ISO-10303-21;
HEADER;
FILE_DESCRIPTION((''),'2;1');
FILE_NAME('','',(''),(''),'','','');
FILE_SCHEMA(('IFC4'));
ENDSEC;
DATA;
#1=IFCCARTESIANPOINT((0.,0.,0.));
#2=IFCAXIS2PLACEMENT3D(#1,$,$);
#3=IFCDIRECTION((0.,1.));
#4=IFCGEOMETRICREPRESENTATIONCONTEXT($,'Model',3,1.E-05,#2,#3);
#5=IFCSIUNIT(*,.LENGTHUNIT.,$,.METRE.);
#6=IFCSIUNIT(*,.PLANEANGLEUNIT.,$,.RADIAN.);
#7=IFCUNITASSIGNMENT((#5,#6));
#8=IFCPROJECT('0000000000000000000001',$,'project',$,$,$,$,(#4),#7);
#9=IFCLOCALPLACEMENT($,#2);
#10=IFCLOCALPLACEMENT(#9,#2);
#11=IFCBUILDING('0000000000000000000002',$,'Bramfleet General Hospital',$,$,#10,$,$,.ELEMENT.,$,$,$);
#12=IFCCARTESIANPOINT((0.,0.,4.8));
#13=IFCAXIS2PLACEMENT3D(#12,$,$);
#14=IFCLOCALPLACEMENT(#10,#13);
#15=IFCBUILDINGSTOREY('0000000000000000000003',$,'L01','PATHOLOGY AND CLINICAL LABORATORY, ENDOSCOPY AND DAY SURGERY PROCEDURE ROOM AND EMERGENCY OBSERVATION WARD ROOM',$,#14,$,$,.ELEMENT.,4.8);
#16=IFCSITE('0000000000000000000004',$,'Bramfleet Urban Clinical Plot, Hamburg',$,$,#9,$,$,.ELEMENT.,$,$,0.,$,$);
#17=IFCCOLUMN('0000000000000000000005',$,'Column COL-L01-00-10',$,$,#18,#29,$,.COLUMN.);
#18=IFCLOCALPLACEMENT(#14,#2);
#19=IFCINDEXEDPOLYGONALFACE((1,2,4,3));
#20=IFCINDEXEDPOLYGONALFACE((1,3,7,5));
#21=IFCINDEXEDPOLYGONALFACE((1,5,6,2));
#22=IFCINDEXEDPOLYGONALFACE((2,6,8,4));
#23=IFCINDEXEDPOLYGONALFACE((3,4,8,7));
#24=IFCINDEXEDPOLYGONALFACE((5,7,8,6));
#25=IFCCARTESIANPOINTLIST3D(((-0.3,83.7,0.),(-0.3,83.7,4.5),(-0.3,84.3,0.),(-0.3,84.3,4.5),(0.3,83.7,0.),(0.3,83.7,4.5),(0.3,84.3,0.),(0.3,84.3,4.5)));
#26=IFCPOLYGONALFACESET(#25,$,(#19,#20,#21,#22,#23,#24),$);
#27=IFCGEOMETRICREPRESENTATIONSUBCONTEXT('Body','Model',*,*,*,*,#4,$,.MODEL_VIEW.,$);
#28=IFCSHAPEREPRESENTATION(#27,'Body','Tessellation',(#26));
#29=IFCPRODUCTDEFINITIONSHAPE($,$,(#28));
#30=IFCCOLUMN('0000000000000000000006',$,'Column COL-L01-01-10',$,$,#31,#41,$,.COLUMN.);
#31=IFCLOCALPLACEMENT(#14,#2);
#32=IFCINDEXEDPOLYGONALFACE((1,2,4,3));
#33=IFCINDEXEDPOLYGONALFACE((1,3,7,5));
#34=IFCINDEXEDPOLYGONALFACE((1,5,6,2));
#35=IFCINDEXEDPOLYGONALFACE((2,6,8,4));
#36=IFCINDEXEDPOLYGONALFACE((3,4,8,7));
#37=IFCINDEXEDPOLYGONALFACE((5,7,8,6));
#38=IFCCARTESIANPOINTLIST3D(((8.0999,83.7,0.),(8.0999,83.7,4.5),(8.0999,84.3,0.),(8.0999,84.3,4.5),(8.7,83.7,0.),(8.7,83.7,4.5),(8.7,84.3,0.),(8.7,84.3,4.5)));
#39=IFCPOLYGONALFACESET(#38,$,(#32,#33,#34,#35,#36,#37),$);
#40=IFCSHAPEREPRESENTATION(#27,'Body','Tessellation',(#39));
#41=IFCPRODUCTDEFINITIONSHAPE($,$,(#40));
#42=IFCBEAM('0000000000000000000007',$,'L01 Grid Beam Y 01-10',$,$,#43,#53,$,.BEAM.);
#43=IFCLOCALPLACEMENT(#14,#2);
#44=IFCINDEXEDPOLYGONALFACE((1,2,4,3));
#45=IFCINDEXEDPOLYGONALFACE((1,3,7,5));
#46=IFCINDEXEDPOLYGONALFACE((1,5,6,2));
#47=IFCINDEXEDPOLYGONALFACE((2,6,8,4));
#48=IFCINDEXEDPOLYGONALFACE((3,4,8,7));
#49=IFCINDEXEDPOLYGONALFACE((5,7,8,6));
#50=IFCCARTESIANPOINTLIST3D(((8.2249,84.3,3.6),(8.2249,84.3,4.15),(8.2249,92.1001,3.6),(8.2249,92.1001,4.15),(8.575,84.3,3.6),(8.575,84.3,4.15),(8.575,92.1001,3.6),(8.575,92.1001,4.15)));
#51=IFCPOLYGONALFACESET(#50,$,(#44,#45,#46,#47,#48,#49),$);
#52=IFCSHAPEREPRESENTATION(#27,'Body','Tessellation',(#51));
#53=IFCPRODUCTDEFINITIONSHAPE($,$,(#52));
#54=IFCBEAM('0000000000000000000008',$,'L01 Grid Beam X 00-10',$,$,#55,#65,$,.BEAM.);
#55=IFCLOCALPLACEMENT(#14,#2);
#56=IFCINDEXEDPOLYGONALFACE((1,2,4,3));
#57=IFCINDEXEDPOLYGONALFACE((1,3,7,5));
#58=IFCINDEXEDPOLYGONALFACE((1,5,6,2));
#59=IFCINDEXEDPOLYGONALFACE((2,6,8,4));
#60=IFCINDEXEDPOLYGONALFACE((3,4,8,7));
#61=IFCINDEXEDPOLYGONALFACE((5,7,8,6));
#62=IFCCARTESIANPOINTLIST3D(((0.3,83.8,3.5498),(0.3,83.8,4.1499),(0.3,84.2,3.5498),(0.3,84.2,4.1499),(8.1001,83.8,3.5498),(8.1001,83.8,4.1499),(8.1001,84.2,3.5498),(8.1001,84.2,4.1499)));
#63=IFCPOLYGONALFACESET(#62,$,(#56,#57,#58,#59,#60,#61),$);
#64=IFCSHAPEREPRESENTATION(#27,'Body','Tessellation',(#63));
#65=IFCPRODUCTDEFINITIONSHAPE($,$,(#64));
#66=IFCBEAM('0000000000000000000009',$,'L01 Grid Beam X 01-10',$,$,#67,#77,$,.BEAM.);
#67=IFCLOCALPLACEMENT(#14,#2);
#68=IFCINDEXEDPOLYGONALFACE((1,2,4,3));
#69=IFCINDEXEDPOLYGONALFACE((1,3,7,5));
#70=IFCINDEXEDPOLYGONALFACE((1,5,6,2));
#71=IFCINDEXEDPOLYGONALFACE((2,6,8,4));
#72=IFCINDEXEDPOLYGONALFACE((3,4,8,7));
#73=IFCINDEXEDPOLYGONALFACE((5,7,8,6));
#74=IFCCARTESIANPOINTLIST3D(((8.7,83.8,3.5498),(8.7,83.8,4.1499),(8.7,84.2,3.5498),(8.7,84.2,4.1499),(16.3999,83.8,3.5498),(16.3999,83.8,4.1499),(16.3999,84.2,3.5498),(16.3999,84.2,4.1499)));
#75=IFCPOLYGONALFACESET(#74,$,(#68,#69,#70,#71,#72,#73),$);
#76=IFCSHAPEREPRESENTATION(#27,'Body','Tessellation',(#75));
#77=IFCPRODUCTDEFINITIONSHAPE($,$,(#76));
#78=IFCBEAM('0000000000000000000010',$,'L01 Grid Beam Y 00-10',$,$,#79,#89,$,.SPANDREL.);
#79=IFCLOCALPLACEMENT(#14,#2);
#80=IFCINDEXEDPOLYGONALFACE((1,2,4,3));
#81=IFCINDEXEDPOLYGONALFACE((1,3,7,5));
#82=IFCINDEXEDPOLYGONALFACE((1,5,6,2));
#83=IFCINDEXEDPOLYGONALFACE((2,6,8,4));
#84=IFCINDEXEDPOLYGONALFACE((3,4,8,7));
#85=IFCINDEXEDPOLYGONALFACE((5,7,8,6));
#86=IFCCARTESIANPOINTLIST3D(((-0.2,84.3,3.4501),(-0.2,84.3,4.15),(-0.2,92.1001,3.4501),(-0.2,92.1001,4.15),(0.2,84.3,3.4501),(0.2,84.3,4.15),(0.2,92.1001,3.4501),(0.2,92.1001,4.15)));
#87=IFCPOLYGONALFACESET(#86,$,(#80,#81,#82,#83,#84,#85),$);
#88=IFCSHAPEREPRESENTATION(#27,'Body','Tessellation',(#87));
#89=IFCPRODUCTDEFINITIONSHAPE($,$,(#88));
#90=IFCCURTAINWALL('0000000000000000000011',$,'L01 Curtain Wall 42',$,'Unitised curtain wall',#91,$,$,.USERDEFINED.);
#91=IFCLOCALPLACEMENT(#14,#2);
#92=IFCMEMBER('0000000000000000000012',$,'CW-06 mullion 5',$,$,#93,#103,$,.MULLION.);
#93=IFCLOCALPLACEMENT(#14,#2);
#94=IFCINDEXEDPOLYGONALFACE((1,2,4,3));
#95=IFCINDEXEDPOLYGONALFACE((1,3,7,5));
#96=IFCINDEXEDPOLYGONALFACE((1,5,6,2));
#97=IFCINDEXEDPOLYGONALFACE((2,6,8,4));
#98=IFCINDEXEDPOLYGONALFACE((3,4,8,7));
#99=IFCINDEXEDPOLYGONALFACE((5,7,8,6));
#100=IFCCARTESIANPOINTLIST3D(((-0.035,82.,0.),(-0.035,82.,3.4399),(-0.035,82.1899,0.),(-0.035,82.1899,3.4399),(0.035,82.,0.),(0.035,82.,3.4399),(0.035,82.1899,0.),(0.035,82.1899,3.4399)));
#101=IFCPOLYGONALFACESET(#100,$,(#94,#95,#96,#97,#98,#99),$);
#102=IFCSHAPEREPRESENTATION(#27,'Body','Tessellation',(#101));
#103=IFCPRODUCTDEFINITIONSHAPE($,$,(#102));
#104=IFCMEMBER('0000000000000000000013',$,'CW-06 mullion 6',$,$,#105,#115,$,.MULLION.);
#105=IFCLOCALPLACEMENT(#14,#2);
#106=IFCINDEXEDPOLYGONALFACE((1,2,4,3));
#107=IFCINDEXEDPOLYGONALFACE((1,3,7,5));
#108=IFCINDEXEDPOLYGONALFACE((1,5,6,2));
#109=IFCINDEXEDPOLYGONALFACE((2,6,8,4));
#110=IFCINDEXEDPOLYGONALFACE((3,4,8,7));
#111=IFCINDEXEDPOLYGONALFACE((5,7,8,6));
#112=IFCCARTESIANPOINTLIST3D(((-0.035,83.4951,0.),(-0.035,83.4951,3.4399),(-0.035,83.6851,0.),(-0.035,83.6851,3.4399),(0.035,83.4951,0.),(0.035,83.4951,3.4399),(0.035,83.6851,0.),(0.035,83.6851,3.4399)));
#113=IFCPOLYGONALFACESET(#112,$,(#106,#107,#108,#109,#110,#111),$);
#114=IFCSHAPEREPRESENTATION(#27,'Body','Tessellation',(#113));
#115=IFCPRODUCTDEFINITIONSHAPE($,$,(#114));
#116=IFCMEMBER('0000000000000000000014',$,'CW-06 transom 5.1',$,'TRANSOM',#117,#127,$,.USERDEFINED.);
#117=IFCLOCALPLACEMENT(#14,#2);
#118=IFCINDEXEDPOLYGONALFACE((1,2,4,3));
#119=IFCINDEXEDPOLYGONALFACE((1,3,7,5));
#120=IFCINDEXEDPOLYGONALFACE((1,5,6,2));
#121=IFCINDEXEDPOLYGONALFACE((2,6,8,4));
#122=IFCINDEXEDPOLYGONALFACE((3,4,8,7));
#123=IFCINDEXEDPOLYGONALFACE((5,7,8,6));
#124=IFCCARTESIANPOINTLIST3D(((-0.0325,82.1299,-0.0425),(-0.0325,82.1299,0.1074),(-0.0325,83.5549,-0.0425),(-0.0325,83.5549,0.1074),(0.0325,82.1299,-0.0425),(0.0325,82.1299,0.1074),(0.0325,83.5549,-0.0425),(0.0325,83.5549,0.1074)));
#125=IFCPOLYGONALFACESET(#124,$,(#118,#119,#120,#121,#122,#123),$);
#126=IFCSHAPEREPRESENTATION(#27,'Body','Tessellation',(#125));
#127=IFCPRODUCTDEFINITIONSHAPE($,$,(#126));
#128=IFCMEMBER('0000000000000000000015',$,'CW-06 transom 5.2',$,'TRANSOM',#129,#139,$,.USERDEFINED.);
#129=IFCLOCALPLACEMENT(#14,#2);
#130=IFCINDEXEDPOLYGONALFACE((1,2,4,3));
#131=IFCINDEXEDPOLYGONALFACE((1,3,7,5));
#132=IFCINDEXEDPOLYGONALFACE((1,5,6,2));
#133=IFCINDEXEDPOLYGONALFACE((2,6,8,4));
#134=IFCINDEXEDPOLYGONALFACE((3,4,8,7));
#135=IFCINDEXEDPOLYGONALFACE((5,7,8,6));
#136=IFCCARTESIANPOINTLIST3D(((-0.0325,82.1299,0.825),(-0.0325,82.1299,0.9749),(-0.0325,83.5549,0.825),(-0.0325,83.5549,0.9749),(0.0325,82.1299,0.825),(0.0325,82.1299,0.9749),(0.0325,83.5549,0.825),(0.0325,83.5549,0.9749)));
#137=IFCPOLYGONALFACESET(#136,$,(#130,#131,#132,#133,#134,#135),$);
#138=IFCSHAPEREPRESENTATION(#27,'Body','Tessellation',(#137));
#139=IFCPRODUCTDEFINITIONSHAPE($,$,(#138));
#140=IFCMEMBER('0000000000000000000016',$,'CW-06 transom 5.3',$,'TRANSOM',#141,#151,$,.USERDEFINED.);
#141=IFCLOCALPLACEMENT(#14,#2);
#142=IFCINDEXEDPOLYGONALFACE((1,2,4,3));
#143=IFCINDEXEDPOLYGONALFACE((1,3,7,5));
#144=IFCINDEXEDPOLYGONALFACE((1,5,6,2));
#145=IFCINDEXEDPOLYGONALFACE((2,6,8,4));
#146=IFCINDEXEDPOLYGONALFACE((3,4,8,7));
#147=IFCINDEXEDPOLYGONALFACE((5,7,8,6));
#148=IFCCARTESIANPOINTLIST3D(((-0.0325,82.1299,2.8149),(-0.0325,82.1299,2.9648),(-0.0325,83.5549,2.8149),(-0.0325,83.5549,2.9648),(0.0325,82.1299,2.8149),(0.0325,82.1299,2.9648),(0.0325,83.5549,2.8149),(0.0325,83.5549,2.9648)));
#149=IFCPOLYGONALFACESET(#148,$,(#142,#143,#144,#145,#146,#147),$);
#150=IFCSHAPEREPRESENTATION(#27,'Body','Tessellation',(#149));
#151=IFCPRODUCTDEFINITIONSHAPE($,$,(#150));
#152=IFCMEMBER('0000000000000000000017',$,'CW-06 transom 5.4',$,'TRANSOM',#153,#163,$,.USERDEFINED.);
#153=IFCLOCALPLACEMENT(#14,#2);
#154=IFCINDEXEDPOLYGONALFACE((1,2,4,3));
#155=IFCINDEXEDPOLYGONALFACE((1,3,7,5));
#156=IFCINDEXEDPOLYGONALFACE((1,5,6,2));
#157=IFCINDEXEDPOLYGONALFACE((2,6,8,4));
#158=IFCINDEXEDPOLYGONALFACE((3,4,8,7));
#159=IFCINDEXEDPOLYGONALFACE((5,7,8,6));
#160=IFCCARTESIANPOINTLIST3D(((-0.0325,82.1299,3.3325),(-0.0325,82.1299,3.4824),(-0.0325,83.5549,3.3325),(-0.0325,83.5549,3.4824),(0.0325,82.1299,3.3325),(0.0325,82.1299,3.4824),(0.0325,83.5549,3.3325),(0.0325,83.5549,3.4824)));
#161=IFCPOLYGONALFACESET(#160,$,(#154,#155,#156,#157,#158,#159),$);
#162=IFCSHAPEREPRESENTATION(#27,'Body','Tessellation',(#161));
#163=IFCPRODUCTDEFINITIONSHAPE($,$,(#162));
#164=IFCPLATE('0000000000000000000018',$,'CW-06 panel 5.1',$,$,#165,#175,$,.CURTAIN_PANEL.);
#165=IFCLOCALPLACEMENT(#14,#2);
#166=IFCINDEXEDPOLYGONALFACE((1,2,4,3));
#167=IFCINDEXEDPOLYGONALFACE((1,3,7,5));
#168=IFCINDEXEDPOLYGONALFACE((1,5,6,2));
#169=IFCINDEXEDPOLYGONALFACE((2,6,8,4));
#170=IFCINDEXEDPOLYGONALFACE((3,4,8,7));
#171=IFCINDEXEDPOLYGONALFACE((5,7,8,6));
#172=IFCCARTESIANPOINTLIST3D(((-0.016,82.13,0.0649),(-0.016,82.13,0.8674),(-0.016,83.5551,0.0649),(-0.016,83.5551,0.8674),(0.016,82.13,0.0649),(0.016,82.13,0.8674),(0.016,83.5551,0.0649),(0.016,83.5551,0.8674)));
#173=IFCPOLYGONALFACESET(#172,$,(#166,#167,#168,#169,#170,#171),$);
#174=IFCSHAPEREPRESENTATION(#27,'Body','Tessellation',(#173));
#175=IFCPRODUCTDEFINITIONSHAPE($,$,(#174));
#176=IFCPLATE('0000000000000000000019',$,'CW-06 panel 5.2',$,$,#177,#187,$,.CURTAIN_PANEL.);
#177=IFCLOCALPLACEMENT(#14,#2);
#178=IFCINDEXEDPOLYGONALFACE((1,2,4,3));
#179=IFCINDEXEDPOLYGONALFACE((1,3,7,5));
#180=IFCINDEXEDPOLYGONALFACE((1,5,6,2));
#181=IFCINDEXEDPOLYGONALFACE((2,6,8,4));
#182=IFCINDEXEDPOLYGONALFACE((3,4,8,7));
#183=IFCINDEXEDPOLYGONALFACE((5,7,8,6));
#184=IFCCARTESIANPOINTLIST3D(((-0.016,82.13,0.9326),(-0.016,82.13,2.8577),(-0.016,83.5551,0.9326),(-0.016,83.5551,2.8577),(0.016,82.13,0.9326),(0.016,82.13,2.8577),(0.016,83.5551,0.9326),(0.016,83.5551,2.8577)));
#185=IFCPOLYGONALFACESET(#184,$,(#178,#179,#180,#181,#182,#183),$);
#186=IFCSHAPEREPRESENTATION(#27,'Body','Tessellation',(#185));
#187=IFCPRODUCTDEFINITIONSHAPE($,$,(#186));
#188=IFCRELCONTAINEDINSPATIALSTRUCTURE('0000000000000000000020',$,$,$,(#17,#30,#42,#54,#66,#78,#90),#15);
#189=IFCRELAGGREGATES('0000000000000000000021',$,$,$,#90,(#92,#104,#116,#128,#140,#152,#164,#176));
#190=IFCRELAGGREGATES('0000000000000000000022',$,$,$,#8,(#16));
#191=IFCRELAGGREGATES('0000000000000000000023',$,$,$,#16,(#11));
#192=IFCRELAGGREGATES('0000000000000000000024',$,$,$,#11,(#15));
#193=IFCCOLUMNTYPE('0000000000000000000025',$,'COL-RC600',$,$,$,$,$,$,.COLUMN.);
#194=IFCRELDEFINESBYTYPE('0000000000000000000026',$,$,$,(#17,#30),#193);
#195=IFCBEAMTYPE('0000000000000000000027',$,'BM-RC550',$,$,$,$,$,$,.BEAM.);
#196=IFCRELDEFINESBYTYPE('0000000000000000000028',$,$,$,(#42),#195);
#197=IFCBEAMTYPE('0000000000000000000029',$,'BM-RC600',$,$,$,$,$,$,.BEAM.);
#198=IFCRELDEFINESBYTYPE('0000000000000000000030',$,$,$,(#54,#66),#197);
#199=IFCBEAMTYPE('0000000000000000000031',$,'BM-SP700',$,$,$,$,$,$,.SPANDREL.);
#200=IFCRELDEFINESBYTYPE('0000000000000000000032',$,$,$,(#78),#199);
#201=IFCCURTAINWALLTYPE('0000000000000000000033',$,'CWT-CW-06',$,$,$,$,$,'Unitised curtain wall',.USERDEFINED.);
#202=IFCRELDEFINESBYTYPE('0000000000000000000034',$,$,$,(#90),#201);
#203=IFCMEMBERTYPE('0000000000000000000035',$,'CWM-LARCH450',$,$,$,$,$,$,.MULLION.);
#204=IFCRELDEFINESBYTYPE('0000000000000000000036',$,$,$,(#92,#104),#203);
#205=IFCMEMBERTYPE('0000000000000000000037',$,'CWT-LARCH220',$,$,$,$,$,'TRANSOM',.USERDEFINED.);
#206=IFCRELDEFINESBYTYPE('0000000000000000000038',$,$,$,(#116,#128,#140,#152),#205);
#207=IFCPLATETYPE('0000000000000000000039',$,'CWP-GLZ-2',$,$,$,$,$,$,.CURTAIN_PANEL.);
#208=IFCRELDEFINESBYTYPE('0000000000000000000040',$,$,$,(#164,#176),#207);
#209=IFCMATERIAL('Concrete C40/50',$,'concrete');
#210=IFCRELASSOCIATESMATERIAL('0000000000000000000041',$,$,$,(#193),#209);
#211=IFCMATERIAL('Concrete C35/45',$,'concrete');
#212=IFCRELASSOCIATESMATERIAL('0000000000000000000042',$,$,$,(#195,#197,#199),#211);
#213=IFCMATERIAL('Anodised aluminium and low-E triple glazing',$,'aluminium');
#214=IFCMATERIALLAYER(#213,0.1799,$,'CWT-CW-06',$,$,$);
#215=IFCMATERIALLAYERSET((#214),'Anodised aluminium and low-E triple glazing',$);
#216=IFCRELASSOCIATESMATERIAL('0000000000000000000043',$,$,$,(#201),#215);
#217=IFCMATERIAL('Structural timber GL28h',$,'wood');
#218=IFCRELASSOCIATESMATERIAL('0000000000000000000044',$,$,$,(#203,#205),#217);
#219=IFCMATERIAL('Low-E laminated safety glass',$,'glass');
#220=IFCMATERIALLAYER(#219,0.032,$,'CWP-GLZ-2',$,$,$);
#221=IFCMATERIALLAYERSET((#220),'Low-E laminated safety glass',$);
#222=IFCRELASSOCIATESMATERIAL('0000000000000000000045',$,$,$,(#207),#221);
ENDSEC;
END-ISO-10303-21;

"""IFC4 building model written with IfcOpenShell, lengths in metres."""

from ifc_helpers import new_model, si_unit, direction, frame, origin, origin_2d, place, context, subcontext, project, spatial, rectangle, extrude, material, layer, layer_set, material_profile, profile_set, type_object, element, aggregate, save


model = new_model("IFC4")

# Units and contexts
model_context = context("Model", 3, precision=1e-05, world=origin(), true_north=direction((0.0, 1.0)))
body_context = subcontext(model_context, "Body", "Model", "MODEL_VIEW")
ifc_project = project(units=[si_unit("LENGTHUNIT", "METRE"), si_unit("PLANEANGLEUNIT", "RADIAN")], contexts=[model_context])

# Site, building, storey
site_placement = place(None, origin())
site = spatial("IfcSite", under=ifc_project, at=site_placement, Name="Bramfleet Urban Clinical Plot, Hamburg", CompositionType="ELEMENT", RefElevation=0.0)
building_placement = place(site_placement, origin())
building = spatial("IfcBuilding", under=site, at=building_placement, Name="Bramfleet General Hospital", CompositionType="ELEMENT")
storey_placement = place(building_placement, frame((0.0, 0.0, 4.8)))
storey = spatial("IfcBuildingStorey", under=building, at=storey_placement, Name="L01", Description="PATHOLOGY AND CLINICAL LABORATORY, ENDOSCOPY AND DAY SURGERY PROCEDURE ROOM AND EMERGENCY OBSERVATION WARD ROOM", CompositionType="ELEMENT", Elevation=4.8)

# Columns
ifc_material_1 = material(Name="Concrete C40/50", Category="concrete")
ifc_material_profile_1 = material_profile(ifc_material_1, rectangle(XDim=0.6001, YDim=0.6001, at=origin_2d()), Name="RC COL 600x600")
ifc_profile_set_1 = profile_set([ifc_material_profile_1], Name="Concrete C40/50")
column_type = type_object("IfcColumnType", Name="COL-RC600", PredefinedType="COLUMN", material=ifc_profile_set_1)
for number, where, z_axis, x_axis, name in (
    (1, (0.0, 84.0, 0.0), (0.0, 0.0, 1.0), (1.0, 0.0, 0.0), "Column COL-L01-00-10"),
    (2, (8.3999, 84.0, 0.0), (0.0, 0.0, 1.0), (1.0, 0.0, 0.0), "Column COL-L01-01-10"),
):
    element("IfcColumn", number, at=place(storey_placement, frame(where, z_axis=z_axis, x_axis=x_axis)), inside=storey, type_object=column_type, Name=name, PredefinedType="COLUMN", context=body_context, shape_type="SweptSolid", body=[
        extrude(rectangle(XDim=0.6001, YDim=0.6001, at=origin_2d()), origin(), (0.0, 0.0, 1.0), 4.5),
    ])

# Beams
ifc_material_2 = material(Name="Concrete C35/45", Category="concrete")
ifc_material_profile_2 = material_profile(ifc_material_2, rectangle(XDim=0.3501, YDim=0.55, at=origin_2d()), Name="RC BM 550x350")
ifc_profile_set_2 = profile_set([ifc_material_profile_2], Name="Concrete C35/45")
beam_type_1 = type_object("IfcBeamType", Name="BM-RC550", PredefinedType="BEAM", material=ifc_profile_set_2)
beam_1_placement = place(storey_placement, frame((8.3999, 84.3, 3.875), z_axis=(0.0, 1.0, 0.0), x_axis=(-1.0, 0.0, 0.0)))
element("IfcBeam", 3, at=beam_1_placement, inside=storey, type_object=beam_type_1, Name="L01 Grid Beam Y 01-10", PredefinedType="BEAM", context=body_context, shape_type="SweptSolid", body=[
    extrude(rectangle(XDim=0.3501, YDim=0.55, at=origin_2d()), origin(), (0.0, 0.0, 1.0), 7.8),
])
ifc_material_profile_3 = material_profile(ifc_material_2, rectangle(XDim=0.3999, YDim=0.6001, at=origin_2d()), Name="RC BM 600x400")
ifc_profile_set_3 = profile_set([ifc_material_profile_3], Name="Concrete C35/45")
beam_type_2 = type_object("IfcBeamType", Name="BM-RC600", PredefinedType="BEAM", material=ifc_profile_set_3)
beam_2_placement = place(storey_placement, frame((0.3, 84.0, 3.8499), z_axis=(1.0, 0.0, 0.0), x_axis=(0.0, 1.0, 0.0)))
element("IfcBeam", 4, at=beam_2_placement, inside=storey, type_object=beam_type_2, Name="L01 Grid Beam X 00-10", PredefinedType="BEAM", context=body_context, shape_type="SweptSolid", body=[
    extrude(rectangle(XDim=0.3999, YDim=0.6001, at=origin_2d()), origin(), (0.0, 0.0, 1.0), 7.8),
])
beam_3_placement = place(storey_placement, frame((8.7, 84.0, 3.8499), z_axis=(1.0, 0.0, 0.0), x_axis=(0.0, 1.0, 0.0)))
element("IfcBeam", 5, at=beam_3_placement, inside=storey, type_object=beam_type_2, Name="L01 Grid Beam X 01-10", PredefinedType="BEAM", context=body_context, shape_type="SweptSolid", body=[
    extrude(rectangle(XDim=0.3999, YDim=0.6001, at=origin_2d()), origin(), (0.0, 0.0, 1.0), 7.7),
])
ifc_material_profile_4 = material_profile(ifc_material_2, rectangle(XDim=0.3999, YDim=0.7, at=origin_2d()), Name="RC SP 700x400")
ifc_profile_set_4 = profile_set([ifc_material_profile_4], Name="Concrete C35/45")
beam_type_3 = type_object("IfcBeamType", Name="BM-SP700", PredefinedType="SPANDREL", material=ifc_profile_set_4)
beam_4_placement = place(storey_placement, frame((0.0, 84.3, 3.8), z_axis=(0.0, 1.0, 0.0), x_axis=(-1.0, 0.0, 0.0)))
element("IfcBeam", 6, at=beam_4_placement, inside=storey, type_object=beam_type_3, Name="L01 Grid Beam Y 00-10", PredefinedType="SPANDREL", context=body_context, shape_type="SweptSolid", body=[
    extrude(rectangle(XDim=0.3999, YDim=0.7, at=origin_2d()), origin(), (0.0, 0.0, 1.0), 7.8),
])

# Curtain wall, members, plates
ifc_material_3 = material(Name="Anodised aluminium and low-E triple glazing", Category="aluminium")
ifc_layer_1 = layer(ifc_material_3, 0.1799, Name="CWT-CW-06")
ifc_layer_set_1 = layer_set([ifc_layer_1], Name="Anodised aluminium and low-E triple glazing")
curtain_wall_type = type_object("IfcCurtainWallType", Name="CWT-CW-06", ElementType="Unitised curtain wall", PredefinedType="USERDEFINED", material=ifc_layer_set_1)
curtain_wall_placement = place(storey_placement, origin())
curtain_wall = element("IfcCurtainWall", 7, at=curtain_wall_placement, inside=storey, type_object=curtain_wall_type, Name="L01 Curtain Wall 42", ObjectType="Unitised curtain wall", PredefinedType="USERDEFINED")
ifc_material_4 = material(Name="Structural timber GL28h", Category="wood")
ifc_material_profile_5 = material_profile(ifc_material_4, rectangle(XDim=0.0701, YDim=0.1899, at=origin_2d()), Name="LARCH 190x70")
ifc_profile_set_5 = profile_set([ifc_material_profile_5], Name="Structural timber GL28h")
member_type_1 = type_object("IfcMemberType", Name="CWM-LARCH450", PredefinedType="MULLION", material=ifc_profile_set_5)
member_1_placement = place(storey_placement, frame((0.0, 82.095, 0.0), z_axis=(0.0, 0.0, 1.0), x_axis=(-1.0, 0.0, 0.0)))
member_1 = element("IfcMember", 8, at=member_1_placement, type_object=member_type_1, Name="CW-06 mullion 5", PredefinedType="MULLION", context=body_context, shape_type="SweptSolid", body=[
    extrude(rectangle(XDim=0.0701, YDim=0.1899, at=origin_2d()), origin(), (0.0, 0.0, 1.0), 3.4399),
])
member_2_placement = place(storey_placement, frame((0.0, 83.5901, 0.0), z_axis=(0.0, 0.0, 1.0), x_axis=(-1.0, 0.0, 0.0)))
member_2 = element("IfcMember", 9, at=member_2_placement, type_object=member_type_1, Name="CW-06 mullion 6", PredefinedType="MULLION", context=body_context, shape_type="SweptSolid", body=[
    extrude(rectangle(XDim=0.0701, YDim=0.1899, at=origin_2d()), origin(), (0.0, 0.0, 1.0), 3.4399),
])
ifc_material_profile_6 = material_profile(ifc_material_4, rectangle(XDim=0.0649, YDim=0.1499, at=origin_2d()), Name="LARCH 150x65")
ifc_profile_set_6 = profile_set([ifc_material_profile_6], Name="Structural timber GL28h")
member_type_2 = type_object("IfcMemberType", Name="CWT-LARCH220", ElementType="TRANSOM", PredefinedType="USERDEFINED", material=ifc_profile_set_6)
member_3_placement = place(storey_placement, frame((0.0, 82.1299, 0.0325), z_axis=(0.0, 1.0, 0.0), x_axis=(-1.0, 0.0, 0.0)))
member_3 = element("IfcMember", 10, at=member_3_placement, type_object=member_type_2, Name="CW-06 transom 5.1", ObjectType="TRANSOM", PredefinedType="USERDEFINED", context=body_context, shape_type="SweptSolid", body=[
    extrude(rectangle(XDim=0.0649, YDim=0.1499, at=origin_2d()), origin(), (0.0, 0.0, 1.0), 1.425),
])
member_4_placement = place(storey_placement, frame((0.0, 82.1299, 0.8999), z_axis=(0.0, 1.0, 0.0), x_axis=(-1.0, 0.0, 0.0)))
member_4 = element("IfcMember", 11, at=member_4_placement, type_object=member_type_2, Name="CW-06 transom 5.2", ObjectType="TRANSOM", PredefinedType="USERDEFINED", context=body_context, shape_type="SweptSolid", body=[
    extrude(rectangle(XDim=0.0649, YDim=0.1499, at=origin_2d()), origin(), (0.0, 0.0, 1.0), 1.425),
])
member_5_placement = place(storey_placement, frame((0.0, 82.1299, 2.8899), z_axis=(0.0, 1.0, 0.0), x_axis=(-1.0, 0.0, 0.0)))
member_5 = element("IfcMember", 12, at=member_5_placement, type_object=member_type_2, Name="CW-06 transom 5.3", ObjectType="TRANSOM", PredefinedType="USERDEFINED", context=body_context, shape_type="SweptSolid", body=[
    extrude(rectangle(XDim=0.0649, YDim=0.1499, at=origin_2d()), origin(), (0.0, 0.0, 1.0), 1.425),
])
member_6_placement = place(storey_placement, frame((0.0, 82.1299, 3.4075), z_axis=(0.0, 1.0, 0.0), x_axis=(-1.0, 0.0, 0.0)))
member_6 = element("IfcMember", 13, at=member_6_placement, type_object=member_type_2, Name="CW-06 transom 5.4", ObjectType="TRANSOM", PredefinedType="USERDEFINED", context=body_context, shape_type="SweptSolid", body=[
    extrude(rectangle(XDim=0.0649, YDim=0.1499, at=origin_2d()), origin(), (0.0, 0.0, 1.0), 1.425),
])
ifc_material_5 = material(Name="Low-E laminated safety glass", Category="glass")
ifc_layer_2 = layer(ifc_material_5, 0.032, Name="CWP-GLZ-2")
ifc_layer_set_2 = layer_set([ifc_layer_2], Name="Low-E laminated safety glass")
plate_type = type_object("IfcPlateType", Name="CWP-GLZ-2", PredefinedType="CURTAIN_PANEL", material=ifc_layer_set_2)
plate_1_placement = place(storey_placement, frame((0.0, 82.8425, 0.0649), z_axis=(0.0, 0.0, 1.0), x_axis=(0.0, 1.0, 0.0)))
plate_1 = element("IfcPlate", 14, at=plate_1_placement, type_object=plate_type, Name="CW-06 panel 5.1", PredefinedType="CURTAIN_PANEL", context=body_context, shape_type="SweptSolid", body=[
    extrude(rectangle(XDim=1.425, YDim=0.032, at=origin_2d()), origin(), (0.0, 0.0, 1.0), 0.8025),
])
plate_2_placement = place(storey_placement, frame((0.0, 82.8425, 0.9326), z_axis=(0.0, 0.0, 1.0), x_axis=(0.0, 1.0, 0.0)))
plate_2 = element("IfcPlate", 15, at=plate_2_placement, type_object=plate_type, Name="CW-06 panel 5.2", PredefinedType="CURTAIN_PANEL", context=body_context, shape_type="SweptSolid", body=[
    extrude(rectangle(XDim=1.425, YDim=0.032, at=origin_2d()), origin(), (0.0, 0.0, 1.0), 1.925),
])
aggregate(curtain_wall, [member_1, member_2, member_3, member_4, member_5, member_6, plate_1, plate_2])

save(model, "model.ifc")
